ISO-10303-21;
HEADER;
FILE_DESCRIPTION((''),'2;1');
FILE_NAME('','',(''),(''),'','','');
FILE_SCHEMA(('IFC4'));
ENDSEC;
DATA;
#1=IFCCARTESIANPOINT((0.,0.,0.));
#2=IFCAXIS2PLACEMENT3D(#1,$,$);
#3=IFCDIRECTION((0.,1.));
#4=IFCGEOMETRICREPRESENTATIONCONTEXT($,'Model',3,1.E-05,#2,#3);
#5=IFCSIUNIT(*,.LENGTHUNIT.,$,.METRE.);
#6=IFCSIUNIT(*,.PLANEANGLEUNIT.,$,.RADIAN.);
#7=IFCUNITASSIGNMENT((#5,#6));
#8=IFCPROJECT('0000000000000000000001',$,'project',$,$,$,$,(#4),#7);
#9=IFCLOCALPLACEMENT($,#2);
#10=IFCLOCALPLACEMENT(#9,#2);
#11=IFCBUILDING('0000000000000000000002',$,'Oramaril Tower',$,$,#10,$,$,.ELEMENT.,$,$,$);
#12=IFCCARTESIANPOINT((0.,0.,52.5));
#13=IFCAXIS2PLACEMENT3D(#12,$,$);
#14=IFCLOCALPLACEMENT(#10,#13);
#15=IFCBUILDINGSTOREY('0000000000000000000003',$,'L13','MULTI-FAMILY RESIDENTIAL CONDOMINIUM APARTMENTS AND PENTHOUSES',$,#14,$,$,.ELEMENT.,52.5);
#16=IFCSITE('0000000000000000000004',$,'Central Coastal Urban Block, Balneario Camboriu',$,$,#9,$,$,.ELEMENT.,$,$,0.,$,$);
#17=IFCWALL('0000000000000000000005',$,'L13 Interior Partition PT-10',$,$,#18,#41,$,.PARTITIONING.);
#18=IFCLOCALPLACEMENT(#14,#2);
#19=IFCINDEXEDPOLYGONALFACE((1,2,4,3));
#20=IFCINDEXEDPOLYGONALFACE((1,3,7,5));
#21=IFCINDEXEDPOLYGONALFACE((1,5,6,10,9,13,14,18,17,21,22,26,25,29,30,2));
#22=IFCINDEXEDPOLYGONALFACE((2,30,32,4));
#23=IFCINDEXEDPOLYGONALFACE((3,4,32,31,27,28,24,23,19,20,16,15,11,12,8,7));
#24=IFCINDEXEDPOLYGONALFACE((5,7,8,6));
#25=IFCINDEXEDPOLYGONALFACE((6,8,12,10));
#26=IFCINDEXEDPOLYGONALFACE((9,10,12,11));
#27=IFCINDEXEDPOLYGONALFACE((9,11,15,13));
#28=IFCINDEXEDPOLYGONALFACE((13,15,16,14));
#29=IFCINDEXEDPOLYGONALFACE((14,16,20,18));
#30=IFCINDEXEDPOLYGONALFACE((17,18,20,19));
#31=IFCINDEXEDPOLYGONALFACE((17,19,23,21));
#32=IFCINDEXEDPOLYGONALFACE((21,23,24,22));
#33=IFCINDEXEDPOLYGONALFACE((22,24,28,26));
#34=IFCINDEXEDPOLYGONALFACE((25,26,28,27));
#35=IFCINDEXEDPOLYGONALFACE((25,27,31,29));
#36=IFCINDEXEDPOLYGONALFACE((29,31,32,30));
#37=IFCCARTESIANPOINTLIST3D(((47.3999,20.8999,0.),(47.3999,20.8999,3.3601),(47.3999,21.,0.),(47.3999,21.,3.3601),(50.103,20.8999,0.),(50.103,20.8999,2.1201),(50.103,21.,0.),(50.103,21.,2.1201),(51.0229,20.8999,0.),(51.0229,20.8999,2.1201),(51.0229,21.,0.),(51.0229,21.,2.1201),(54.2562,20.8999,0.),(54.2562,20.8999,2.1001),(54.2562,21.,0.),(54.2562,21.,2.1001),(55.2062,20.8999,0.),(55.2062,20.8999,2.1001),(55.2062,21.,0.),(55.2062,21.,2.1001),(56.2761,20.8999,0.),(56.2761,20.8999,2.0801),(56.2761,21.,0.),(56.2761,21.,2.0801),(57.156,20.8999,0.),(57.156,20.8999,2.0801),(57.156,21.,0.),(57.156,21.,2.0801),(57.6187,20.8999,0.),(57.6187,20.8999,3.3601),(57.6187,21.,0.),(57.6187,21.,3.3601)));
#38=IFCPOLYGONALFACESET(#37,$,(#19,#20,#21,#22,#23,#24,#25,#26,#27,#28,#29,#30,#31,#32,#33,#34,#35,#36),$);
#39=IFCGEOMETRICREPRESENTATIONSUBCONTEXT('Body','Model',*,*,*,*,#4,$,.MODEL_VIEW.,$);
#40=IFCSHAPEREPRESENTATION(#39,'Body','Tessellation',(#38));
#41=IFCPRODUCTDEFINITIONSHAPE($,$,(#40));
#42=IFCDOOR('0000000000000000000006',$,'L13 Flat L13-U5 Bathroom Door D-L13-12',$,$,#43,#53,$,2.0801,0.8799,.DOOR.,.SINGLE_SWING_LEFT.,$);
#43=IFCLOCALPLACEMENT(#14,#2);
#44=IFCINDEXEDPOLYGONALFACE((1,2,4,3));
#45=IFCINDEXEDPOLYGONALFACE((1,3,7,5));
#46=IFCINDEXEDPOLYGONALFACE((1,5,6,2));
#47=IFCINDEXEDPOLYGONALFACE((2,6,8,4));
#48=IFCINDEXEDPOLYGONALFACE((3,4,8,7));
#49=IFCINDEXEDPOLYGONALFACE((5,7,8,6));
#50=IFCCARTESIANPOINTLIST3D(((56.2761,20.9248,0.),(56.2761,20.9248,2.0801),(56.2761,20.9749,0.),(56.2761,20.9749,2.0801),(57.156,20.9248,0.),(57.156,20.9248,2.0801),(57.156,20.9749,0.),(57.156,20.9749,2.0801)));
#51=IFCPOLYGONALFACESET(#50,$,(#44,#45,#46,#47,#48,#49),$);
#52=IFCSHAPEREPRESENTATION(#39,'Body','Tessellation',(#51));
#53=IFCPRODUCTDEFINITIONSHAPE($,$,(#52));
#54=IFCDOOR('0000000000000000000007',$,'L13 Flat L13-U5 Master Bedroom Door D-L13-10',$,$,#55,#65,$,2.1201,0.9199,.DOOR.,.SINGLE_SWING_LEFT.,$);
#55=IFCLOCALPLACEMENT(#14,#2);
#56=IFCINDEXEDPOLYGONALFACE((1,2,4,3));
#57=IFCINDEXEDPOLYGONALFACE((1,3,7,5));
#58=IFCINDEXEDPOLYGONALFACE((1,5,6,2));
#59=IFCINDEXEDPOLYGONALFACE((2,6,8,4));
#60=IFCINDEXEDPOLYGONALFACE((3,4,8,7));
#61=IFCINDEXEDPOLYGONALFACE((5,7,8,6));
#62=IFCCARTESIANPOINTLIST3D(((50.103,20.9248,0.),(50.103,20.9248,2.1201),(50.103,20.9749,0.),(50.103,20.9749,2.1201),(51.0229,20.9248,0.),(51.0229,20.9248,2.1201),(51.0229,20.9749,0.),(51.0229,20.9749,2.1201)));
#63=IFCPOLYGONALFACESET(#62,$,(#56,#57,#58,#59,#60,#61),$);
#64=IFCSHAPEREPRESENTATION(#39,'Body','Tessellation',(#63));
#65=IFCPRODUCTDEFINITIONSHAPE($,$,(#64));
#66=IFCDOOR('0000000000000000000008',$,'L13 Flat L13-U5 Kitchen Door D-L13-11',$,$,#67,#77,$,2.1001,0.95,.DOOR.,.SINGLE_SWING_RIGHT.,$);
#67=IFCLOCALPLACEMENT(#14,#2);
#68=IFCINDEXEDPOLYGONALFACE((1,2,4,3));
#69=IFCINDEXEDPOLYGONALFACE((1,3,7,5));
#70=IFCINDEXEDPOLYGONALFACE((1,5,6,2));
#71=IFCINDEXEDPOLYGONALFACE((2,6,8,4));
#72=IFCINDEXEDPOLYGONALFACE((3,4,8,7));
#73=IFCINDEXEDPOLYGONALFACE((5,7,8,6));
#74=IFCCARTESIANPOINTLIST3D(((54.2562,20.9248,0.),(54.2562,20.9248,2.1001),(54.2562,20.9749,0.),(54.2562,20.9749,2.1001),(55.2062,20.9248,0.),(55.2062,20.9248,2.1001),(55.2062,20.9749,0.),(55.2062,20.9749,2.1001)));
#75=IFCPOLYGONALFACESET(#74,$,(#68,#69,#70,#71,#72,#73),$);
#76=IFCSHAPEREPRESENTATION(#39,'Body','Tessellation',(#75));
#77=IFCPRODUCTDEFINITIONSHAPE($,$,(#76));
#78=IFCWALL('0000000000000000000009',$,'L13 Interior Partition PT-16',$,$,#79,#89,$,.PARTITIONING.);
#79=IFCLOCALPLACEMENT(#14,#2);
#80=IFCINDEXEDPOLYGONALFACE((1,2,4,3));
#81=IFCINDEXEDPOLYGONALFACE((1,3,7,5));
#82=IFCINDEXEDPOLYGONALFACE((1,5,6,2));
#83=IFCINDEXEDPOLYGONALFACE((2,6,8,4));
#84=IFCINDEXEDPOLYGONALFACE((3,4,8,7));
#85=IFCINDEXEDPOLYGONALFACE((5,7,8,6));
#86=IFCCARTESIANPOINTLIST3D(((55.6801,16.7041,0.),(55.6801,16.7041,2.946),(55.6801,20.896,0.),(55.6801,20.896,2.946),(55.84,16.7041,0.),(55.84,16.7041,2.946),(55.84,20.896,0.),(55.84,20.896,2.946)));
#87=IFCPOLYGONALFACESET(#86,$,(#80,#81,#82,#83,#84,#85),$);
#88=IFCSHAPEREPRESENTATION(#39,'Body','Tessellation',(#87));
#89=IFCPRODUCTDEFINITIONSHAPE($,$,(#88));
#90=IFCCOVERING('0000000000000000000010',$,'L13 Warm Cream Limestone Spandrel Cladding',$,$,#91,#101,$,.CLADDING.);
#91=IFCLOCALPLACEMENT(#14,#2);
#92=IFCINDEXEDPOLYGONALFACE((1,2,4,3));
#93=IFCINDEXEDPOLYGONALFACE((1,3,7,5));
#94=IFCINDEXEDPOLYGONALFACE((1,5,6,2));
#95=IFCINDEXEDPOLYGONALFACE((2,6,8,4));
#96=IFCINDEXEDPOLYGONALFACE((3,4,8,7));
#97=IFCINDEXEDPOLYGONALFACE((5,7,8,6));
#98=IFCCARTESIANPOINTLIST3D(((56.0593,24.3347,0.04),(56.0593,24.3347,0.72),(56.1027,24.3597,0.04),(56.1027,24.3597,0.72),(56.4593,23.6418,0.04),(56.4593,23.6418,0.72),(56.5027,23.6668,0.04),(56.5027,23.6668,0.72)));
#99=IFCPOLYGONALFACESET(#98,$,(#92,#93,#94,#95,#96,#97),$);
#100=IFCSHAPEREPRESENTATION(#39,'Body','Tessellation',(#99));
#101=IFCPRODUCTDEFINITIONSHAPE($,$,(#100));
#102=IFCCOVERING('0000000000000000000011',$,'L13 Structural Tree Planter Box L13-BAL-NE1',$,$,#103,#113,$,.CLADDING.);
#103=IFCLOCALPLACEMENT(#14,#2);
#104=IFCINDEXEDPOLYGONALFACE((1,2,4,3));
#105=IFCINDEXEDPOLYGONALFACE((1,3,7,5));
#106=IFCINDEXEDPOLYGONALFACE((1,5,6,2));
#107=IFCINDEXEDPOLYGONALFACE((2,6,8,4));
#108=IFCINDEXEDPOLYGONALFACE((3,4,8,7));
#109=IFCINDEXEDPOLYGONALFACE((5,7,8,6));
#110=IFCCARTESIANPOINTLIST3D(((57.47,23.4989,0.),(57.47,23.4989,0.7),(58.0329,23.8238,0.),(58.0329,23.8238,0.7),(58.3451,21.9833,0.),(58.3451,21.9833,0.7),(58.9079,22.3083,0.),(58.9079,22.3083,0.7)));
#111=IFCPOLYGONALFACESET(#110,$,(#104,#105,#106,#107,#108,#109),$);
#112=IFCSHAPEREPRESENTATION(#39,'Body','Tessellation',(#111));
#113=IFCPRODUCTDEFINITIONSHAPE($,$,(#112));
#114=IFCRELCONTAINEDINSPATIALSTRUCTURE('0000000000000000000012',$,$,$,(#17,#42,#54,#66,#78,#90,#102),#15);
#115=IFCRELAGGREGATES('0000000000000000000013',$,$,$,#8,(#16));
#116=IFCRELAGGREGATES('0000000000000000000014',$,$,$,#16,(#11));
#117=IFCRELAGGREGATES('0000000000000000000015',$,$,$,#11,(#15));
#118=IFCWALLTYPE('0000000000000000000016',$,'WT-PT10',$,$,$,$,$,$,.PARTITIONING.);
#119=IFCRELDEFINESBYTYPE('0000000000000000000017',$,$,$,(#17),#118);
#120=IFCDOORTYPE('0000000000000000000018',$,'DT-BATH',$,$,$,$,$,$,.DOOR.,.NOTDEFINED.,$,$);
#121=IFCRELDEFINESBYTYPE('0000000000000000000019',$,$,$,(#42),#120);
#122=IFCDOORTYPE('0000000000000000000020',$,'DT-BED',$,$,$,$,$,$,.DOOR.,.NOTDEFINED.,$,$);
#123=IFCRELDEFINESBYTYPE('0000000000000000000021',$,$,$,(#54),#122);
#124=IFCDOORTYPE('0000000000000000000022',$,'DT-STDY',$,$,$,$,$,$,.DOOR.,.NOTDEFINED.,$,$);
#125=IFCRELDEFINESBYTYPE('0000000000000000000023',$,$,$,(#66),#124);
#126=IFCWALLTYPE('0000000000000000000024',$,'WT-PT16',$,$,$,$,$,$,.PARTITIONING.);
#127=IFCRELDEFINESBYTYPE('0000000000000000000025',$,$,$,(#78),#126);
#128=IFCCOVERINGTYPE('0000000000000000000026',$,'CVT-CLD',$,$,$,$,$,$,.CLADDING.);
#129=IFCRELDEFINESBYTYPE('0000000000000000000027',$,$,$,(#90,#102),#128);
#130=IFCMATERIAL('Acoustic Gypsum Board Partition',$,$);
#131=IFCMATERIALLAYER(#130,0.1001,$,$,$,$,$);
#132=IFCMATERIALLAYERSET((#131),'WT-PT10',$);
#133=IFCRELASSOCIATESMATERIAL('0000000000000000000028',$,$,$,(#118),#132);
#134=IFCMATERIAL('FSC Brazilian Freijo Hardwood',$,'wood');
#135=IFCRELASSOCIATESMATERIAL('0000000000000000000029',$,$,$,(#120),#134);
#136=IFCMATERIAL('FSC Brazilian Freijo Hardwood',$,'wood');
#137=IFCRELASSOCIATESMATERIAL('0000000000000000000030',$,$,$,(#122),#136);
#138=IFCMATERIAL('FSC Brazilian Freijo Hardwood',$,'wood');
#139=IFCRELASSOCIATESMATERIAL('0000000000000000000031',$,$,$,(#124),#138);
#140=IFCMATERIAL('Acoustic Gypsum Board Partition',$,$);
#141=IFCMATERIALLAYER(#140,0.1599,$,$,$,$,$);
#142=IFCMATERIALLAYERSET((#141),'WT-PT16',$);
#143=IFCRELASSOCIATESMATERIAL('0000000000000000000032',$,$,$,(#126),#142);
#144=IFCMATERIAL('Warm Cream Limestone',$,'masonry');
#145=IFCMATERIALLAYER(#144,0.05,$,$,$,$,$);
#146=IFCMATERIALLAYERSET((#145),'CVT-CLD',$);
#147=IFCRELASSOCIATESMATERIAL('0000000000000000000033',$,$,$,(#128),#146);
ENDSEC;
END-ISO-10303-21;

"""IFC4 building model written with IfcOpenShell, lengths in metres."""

from ifc_helpers import new_model, si_unit, direction, frame, frame_2d, origin, origin_2d, place, context, subcontext, project, spatial, rectangle, extrude, material, layer, layer_set, type_object, element, fill, save


model = new_model("IFC4")

# Units and contexts
model_context = context("Model", 3, precision=1e-05, world=origin(), true_north=direction((0.0, 1.0)))
body_context = subcontext(model_context, "Body", "Model", "MODEL_VIEW")
ifc_project = project(units=[si_unit("LENGTHUNIT", "METRE"), si_unit("PLANEANGLEUNIT", "RADIAN")], contexts=[model_context])

# Site, building, storey
site_placement = place(None, origin())
site = spatial("IfcSite", under=ifc_project, at=site_placement, Name="Central Coastal Urban Block, Balneario Camboriu", CompositionType="ELEMENT", RefElevation=0.0)
building_placement = place(site_placement, origin())
building = spatial("IfcBuilding", under=site, at=building_placement, Name="Oramaril Tower", CompositionType="ELEMENT")
storey_placement = place(building_placement, frame((0.0, 0.0, 52.5)))
storey = spatial("IfcBuildingStorey", under=building, at=storey_placement, Name="L13", Description="MULTI-FAMILY RESIDENTIAL CONDOMINIUM APARTMENTS AND PENTHOUSES", CompositionType="ELEMENT", Elevation=52.5)

# Wall, openings, doors
ifc_material_1 = material(Name="Acoustic Gypsum Board Partition")
ifc_layer_1 = layer(ifc_material_1, 0.1001)
ifc_layer_set_1 = layer_set([ifc_layer_1], Name="WT-PT10")
wall_type_1 = type_object("IfcWallType", Name="WT-PT10", PredefinedType="PARTITIONING", material=ifc_layer_set_1)
wall_1_placement = place(storey_placement, frame((47.3999, 20.95, 0.0), z_axis=(0.0, 0.0, 1.0), x_axis=(1.0, 0.0, 0.0)))
wall_1 = element("IfcWall", 1, at=wall_1_placement, inside=storey, type_object=wall_type_1, Name="L13 Interior Partition PT-10", PredefinedType="PARTITIONING", context=body_context, shape_type="SweptSolid", body=[
    extrude(rectangle(XDim=10.2188, YDim=0.1001, at=frame_2d((5.1094, 0.0))), origin(), (0.0, 0.0, 1.0), 3.3601),
])
opening_1_placement = place(wall_1_placement, frame((2.7031, 0.0, 0.0)))
opening_1 = element("IfcOpeningElement", 2, at=opening_1_placement, cuts=wall_1, PredefinedType="OPENING", context=body_context, shape_type="SweptSolid", body=[
    extrude(rectangle(XDim=0.9199, YDim=2.1201, at=frame_2d((0.46, 1.0601))), frame((0.0, 0.05, 0.0), z_axis=(0.0, -1.0, 0.0), x_axis=(1.0, 0.0, 0.0)), (0.0, 0.0, 1.0), 0.1001),
])
opening_2_placement = place(wall_1_placement, frame((6.8562, 0.0, 0.0)))
opening_2 = element("IfcOpeningElement", 3, at=opening_2_placement, cuts=wall_1, PredefinedType="OPENING", context=body_context, shape_type="SweptSolid", body=[
    extrude(rectangle(XDim=0.95, YDim=2.1001, at=frame_2d((0.4751, 1.05))), frame((0.0, 0.05, 0.0), z_axis=(0.0, -1.0, 0.0), x_axis=(1.0, 0.0, 0.0)), (0.0, 0.0, 1.0), 0.1001),
])
opening_3_placement = place(wall_1_placement, frame((8.8762, 0.0, 0.0)))
opening_3 = element("IfcOpeningElement", 4, at=opening_3_placement, cuts=wall_1, PredefinedType="OPENING", context=body_context, shape_type="SweptSolid", body=[
    extrude(rectangle(XDim=0.8799, YDim=2.0801, at=frame_2d((0.4399, 1.04))), frame((0.0, 0.05, 0.0), z_axis=(0.0, -1.0, 0.0), x_axis=(1.0, 0.0, 0.0)), (0.0, 0.0, 1.0), 0.1001),
])
ifc_material_2 = material(Name="FSC Brazilian Freijo Hardwood", Category="wood")
door_type_1 = type_object("IfcDoorType", Name="DT-BATH", OperationType="NOTDEFINED", PredefinedType="DOOR", material=ifc_material_2)
door_1_placement = place(opening_3_placement, origin())
door_1 = element("IfcDoor", 5, at=door_1_placement, inside=storey, type_object=door_type_1, Name="L13 Flat L13-U5 Bathroom Door D-L13-12", OperationType="SINGLE_SWING_LEFT", OverallHeight=2.0801, OverallWidth=0.8799, PredefinedType="DOOR", context=body_context, shape_type="SweptSolid", body=[
    extrude(rectangle(XDim=0.8799, YDim=2.0801, at=frame_2d((0.4399, 1.04))), frame((0.0, 0.0249, 0.0), z_axis=(0.0, -1.0, 0.0), x_axis=(1.0, 0.0, 0.0)), (0.0, 0.0, 1.0), 0.05),
])
fill(opening_3, door_1)
ifc_material_3 = material(Name="FSC Brazilian Freijo Hardwood", Category="wood")
door_type_2 = type_object("IfcDoorType", Name="DT-BED", OperationType="NOTDEFINED", PredefinedType="DOOR", material=ifc_material_3)
door_2_placement = place(opening_1_placement, origin())
door_2 = element("IfcDoor", 6, at=door_2_placement, inside=storey, type_object=door_type_2, Name="L13 Flat L13-U5 Master Bedroom Door D-L13-10", OperationType="SINGLE_SWING_LEFT", OverallHeight=2.1201, OverallWidth=0.9199, PredefinedType="DOOR", context=body_context, shape_type="SweptSolid", body=[
    extrude(rectangle(XDim=0.9199, YDim=2.1201, at=frame_2d((0.46, 1.0601))), frame((0.0, 0.0249, 0.0), z_axis=(0.0, -1.0, 0.0), x_axis=(1.0, 0.0, 0.0)), (0.0, 0.0, 1.0), 0.05),
])
fill(opening_1, door_2)
ifc_material_4 = material(Name="FSC Brazilian Freijo Hardwood", Category="wood")
door_type_3 = type_object("IfcDoorType", Name="DT-STDY", OperationType="NOTDEFINED", PredefinedType="DOOR", material=ifc_material_4)
door_3_placement = place(opening_2_placement, origin())
door_3 = element("IfcDoor", 7, at=door_3_placement, inside=storey, type_object=door_type_3, Name="L13 Flat L13-U5 Kitchen Door D-L13-11", OperationType="SINGLE_SWING_RIGHT", OverallHeight=2.1001, OverallWidth=0.95, PredefinedType="DOOR", context=body_context, shape_type="SweptSolid", body=[
    extrude(rectangle(XDim=0.95, YDim=2.1001, at=frame_2d((0.4751, 1.05))), frame((0.0, 0.0249, 0.0), z_axis=(0.0, -1.0, 0.0), x_axis=(1.0, 0.0, 0.0)), (0.0, 0.0, 1.0), 0.05),
])
fill(opening_2, door_3)

# Wall
ifc_material_5 = material(Name="Acoustic Gypsum Board Partition")
ifc_layer_2 = layer(ifc_material_5, 0.1599)
ifc_layer_set_2 = layer_set([ifc_layer_2], Name="WT-PT16")
wall_type_2 = type_object("IfcWallType", Name="WT-PT16", PredefinedType="PARTITIONING", material=ifc_layer_set_2)
wall_2_placement = place(storey_placement, frame((55.76, 16.7041, 0.0), z_axis=(0.0, 0.0, 1.0), x_axis=(0.0, 1.0, 0.0)))
element("IfcWall", 8, at=wall_2_placement, inside=storey, type_object=wall_type_2, Name="L13 Interior Partition PT-16", PredefinedType="PARTITIONING", context=body_context, shape_type="SweptSolid", body=[
    extrude(rectangle(XDim=4.1919, YDim=0.1599, at=frame_2d((2.0959, 0.0))), origin(), (0.0, 0.0, 1.0), 2.946),
])

# Coverings
ifc_material_6 = material(Name="Warm Cream Limestone", Category="masonry")
ifc_layer_3 = layer(ifc_material_6, 0.05)
ifc_layer_set_3 = layer_set([ifc_layer_3], Name="CVT-CLD")
covering_type = type_object("IfcCoveringType", Name="CVT-CLD", PredefinedType="CLADDING", material=ifc_layer_set_3)
covering_1_placement = place(storey_placement, frame((56.281, 24.0007, 0.04), z_axis=(0.0, 0.0, 1.0), x_axis=(-0.5, 0.866025, 0.0)))
element("IfcCovering", 9, at=covering_1_placement, inside=storey, type_object=covering_type, Name="L13 Warm Cream Limestone Spandrel Cladding", PredefinedType="CLADDING", context=body_context, shape_type="SweptSolid", body=[
    extrude(rectangle(XDim=0.8, YDim=0.05, at=origin_2d()), origin(), (0.0, 0.0, 1.0), 0.6799),
])
covering_2_placement = place(storey_placement, frame((58.189, 22.9036, 0.0), z_axis=(0.0, 0.0, 1.0), x_axis=(-0.500002, 0.866025, 0.0)))
element("IfcCovering", 10, at=covering_2_placement, inside=storey, type_object=covering_type, Name="L13 Structural Tree Planter Box L13-BAL-NE1", PredefinedType="CLADDING", context=body_context, shape_type="SweptSolid", body=[
    extrude(rectangle(XDim=1.75, YDim=0.6499, at=origin_2d()), origin(), (0.0, 0.0, 1.0), 0.7),
])

save(model, "model.ifc")
